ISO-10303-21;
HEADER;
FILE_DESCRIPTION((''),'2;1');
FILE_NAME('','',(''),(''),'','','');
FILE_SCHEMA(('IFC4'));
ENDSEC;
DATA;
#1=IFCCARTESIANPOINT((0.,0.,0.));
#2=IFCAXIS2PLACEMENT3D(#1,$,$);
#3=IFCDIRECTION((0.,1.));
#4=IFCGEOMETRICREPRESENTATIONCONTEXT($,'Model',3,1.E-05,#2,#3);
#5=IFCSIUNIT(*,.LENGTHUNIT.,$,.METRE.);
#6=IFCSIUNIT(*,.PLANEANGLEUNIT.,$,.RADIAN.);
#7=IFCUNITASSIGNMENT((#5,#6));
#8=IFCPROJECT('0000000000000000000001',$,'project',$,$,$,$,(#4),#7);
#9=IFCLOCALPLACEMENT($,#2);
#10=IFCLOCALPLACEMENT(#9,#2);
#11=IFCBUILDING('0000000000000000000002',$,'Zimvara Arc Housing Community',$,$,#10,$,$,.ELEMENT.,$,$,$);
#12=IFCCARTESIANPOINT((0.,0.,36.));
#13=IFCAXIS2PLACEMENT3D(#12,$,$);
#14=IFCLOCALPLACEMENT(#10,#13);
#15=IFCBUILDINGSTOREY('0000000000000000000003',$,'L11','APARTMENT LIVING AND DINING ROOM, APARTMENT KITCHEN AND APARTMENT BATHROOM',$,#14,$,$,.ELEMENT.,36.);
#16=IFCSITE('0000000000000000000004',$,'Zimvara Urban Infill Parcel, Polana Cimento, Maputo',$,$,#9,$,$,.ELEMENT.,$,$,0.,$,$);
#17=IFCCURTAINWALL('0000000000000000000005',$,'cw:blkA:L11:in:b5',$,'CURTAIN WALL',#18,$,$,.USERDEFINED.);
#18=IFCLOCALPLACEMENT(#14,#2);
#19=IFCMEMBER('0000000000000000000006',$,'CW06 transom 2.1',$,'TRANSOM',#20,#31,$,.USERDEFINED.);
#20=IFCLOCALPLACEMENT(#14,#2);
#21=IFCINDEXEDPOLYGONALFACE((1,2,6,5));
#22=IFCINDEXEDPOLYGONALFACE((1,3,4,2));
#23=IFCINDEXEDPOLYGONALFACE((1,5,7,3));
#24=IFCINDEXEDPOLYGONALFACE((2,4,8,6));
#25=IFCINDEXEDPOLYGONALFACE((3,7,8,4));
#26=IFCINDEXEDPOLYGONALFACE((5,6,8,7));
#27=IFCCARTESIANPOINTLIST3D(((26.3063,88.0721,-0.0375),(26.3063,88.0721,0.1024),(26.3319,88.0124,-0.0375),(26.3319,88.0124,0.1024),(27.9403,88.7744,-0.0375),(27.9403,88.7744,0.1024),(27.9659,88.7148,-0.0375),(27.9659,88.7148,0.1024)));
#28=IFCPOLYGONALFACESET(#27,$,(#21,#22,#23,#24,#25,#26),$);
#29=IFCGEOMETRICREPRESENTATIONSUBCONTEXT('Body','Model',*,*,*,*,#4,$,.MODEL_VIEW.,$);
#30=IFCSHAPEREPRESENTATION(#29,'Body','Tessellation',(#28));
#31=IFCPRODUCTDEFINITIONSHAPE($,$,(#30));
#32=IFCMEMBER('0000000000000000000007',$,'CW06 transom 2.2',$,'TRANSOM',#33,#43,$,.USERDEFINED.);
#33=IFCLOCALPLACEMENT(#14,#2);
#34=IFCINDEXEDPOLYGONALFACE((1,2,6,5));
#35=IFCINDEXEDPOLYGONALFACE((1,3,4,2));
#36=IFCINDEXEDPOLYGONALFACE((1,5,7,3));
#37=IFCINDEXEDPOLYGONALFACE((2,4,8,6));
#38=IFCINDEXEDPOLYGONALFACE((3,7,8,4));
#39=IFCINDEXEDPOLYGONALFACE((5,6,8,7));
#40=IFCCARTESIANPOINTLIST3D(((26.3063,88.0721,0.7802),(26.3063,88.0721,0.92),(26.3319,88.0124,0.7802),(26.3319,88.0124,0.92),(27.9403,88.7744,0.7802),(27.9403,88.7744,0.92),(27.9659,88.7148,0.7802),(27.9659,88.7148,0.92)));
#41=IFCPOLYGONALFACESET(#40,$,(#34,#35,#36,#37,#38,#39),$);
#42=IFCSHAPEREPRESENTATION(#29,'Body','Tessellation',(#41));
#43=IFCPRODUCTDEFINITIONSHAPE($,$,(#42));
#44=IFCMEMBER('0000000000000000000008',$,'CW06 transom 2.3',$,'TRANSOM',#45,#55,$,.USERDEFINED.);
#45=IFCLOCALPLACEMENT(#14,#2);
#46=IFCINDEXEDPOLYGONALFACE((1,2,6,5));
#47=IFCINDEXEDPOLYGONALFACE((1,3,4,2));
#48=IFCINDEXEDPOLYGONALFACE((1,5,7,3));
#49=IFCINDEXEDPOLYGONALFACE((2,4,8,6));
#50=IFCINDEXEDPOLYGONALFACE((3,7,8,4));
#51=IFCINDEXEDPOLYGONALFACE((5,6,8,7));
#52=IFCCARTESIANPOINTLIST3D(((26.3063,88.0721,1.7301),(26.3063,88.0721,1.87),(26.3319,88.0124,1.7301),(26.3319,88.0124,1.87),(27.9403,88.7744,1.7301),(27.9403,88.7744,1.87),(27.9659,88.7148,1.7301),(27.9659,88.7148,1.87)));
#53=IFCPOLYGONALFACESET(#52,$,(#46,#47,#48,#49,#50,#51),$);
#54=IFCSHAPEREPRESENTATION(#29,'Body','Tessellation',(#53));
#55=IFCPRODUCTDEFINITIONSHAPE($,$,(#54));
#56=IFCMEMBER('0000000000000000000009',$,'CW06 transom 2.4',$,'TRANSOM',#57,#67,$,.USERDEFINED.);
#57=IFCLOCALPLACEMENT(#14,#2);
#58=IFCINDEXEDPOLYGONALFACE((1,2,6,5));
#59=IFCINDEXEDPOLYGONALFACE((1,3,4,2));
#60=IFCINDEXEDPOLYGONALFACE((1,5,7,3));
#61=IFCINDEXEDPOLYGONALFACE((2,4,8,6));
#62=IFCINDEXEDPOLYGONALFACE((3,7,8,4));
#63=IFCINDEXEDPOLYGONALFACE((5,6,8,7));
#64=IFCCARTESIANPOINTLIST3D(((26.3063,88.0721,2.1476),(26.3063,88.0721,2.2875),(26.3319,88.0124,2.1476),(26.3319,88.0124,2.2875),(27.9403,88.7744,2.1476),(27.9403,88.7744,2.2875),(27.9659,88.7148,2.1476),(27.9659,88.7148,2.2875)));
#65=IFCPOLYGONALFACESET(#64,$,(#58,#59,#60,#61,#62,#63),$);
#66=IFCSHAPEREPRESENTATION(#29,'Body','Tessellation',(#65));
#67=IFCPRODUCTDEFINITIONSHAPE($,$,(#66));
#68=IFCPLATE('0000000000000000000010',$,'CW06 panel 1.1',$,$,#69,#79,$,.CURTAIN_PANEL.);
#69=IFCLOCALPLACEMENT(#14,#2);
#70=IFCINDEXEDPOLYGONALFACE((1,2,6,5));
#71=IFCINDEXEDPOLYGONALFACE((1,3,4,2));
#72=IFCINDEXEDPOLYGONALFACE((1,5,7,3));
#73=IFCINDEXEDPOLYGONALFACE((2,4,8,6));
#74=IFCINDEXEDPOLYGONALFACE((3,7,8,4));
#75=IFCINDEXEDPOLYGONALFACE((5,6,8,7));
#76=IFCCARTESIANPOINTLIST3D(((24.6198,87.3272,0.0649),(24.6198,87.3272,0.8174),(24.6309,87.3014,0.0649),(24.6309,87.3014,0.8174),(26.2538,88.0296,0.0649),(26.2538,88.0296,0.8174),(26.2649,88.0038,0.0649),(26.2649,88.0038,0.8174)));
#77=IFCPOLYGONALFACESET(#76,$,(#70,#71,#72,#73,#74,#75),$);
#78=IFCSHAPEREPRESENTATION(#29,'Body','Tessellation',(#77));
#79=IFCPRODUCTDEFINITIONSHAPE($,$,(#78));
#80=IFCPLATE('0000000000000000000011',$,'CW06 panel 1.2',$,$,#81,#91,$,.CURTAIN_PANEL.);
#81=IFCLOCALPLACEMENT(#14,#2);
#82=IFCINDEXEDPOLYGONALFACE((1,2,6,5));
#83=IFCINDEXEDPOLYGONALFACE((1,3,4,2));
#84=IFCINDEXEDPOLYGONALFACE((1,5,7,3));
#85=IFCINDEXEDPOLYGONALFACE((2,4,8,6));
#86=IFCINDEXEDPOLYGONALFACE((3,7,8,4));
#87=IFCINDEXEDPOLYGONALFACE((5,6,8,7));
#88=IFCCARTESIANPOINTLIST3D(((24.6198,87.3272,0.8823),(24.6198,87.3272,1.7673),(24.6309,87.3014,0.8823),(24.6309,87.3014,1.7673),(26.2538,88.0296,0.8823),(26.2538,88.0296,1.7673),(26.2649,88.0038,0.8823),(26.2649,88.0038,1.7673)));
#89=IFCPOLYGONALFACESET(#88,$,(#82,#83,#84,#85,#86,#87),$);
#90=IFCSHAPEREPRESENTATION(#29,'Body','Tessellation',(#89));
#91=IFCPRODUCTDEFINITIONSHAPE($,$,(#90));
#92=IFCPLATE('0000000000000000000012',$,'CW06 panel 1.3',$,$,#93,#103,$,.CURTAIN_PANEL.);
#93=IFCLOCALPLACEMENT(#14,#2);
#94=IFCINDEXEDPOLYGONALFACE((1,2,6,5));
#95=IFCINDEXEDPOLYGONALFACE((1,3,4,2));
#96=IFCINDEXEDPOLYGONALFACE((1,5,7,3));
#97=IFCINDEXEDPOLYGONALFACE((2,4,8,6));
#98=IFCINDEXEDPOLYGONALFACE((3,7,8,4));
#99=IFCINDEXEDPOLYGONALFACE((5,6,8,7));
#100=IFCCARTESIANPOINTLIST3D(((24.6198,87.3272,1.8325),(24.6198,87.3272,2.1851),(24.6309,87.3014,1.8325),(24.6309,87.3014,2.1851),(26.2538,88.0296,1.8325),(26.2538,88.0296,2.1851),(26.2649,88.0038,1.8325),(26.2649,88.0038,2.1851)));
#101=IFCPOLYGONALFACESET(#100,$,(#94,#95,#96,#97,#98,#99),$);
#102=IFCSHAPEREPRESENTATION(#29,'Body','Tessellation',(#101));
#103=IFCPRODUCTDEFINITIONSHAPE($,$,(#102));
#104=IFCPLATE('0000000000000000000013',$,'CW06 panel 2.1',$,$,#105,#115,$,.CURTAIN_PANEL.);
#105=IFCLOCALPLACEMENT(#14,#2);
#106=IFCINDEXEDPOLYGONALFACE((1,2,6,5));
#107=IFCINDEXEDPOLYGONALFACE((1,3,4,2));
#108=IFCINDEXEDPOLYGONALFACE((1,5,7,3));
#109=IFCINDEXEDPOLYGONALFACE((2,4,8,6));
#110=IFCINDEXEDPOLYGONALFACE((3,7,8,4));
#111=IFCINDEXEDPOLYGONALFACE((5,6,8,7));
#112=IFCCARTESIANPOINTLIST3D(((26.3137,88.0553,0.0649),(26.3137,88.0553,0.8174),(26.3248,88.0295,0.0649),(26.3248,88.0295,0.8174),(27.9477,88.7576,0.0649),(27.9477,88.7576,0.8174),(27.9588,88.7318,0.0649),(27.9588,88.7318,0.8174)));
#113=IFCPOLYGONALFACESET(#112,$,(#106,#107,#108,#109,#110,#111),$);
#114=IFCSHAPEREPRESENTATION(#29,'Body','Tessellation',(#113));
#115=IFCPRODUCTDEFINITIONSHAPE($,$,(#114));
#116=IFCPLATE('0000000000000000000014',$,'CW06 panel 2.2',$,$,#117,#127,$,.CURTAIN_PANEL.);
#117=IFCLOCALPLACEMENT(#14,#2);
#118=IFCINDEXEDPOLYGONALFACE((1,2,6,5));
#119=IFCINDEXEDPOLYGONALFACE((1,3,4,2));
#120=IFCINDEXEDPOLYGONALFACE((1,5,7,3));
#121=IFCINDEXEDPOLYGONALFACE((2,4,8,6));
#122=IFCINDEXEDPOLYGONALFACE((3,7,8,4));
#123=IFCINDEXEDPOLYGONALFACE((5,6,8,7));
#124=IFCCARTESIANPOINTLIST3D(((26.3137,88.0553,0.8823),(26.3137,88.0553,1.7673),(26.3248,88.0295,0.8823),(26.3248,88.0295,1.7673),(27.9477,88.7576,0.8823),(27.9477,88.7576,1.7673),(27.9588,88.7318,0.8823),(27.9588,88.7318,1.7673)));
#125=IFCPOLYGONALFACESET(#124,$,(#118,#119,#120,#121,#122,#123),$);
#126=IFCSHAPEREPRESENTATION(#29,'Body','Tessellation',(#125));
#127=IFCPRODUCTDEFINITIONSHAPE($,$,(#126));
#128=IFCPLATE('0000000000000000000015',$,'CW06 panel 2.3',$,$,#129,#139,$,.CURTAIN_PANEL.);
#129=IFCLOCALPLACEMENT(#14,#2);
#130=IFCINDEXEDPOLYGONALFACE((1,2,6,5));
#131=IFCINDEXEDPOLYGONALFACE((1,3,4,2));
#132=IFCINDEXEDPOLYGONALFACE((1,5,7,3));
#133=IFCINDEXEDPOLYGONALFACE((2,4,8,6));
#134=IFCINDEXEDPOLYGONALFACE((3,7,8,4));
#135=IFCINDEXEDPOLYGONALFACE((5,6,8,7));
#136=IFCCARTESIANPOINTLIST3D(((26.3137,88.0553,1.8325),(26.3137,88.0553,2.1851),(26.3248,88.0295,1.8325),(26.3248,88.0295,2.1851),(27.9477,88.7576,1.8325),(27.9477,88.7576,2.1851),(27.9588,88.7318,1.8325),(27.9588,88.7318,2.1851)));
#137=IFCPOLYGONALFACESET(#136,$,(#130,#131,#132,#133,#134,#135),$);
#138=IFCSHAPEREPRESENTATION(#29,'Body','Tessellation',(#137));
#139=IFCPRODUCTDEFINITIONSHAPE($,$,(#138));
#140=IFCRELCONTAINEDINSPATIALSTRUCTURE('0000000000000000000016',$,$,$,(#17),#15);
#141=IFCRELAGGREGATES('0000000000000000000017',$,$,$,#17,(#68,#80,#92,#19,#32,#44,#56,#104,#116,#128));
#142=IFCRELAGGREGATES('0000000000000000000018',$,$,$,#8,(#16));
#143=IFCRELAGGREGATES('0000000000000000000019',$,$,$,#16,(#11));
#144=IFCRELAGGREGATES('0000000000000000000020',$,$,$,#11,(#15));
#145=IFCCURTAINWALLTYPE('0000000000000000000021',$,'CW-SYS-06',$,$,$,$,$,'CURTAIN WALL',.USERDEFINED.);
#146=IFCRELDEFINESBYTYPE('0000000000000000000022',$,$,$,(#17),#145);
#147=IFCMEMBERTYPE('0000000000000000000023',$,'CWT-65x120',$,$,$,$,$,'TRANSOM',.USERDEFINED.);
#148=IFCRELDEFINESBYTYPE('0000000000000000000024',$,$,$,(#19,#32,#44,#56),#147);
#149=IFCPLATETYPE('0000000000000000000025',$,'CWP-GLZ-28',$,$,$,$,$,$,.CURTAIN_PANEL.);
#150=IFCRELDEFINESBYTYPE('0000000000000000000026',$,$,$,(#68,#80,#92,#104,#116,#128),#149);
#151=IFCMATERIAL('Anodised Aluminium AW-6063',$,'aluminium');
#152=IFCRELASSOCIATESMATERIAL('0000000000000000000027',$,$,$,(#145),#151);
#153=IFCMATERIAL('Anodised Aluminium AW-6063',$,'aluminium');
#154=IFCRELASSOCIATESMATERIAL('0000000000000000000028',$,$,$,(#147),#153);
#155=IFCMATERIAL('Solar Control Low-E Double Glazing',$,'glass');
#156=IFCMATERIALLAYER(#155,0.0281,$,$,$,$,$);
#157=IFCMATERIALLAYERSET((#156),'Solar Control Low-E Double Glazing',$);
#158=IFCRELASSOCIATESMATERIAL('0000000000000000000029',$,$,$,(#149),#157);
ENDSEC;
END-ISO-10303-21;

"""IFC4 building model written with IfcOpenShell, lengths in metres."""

from ifc_helpers import new_model, si_unit, direction, frame, origin, origin_2d, place, context, subcontext, project, spatial, rectangle, extrude, material, layer, layer_set, material_profile, profile_set, type_object, element, aggregate, save


model = new_model("IFC4")

# Units and contexts
model_context = context("Model", 3, precision=1e-05, world=origin(), true_north=direction((0.0, 1.0)))
body_context = subcontext(model_context, "Body", "Model", "MODEL_VIEW")
ifc_project = project(units=[si_unit("LENGTHUNIT", "METRE"), si_unit("PLANEANGLEUNIT", "RADIAN")], contexts=[model_context])

# Site, building, storey
site_placement = place(None, origin())
site = spatial("IfcSite", under=ifc_project, at=site_placement, Name="Zimvara Urban Infill Parcel, Polana Cimento, Maputo", CompositionType="ELEMENT", RefElevation=0.0)
building_placement = place(site_placement, origin())
building = spatial("IfcBuilding", under=site, at=building_placement, Name="Zimvara Arc Housing Community", CompositionType="ELEMENT")
storey_placement = place(building_placement, frame((0.0, 0.0, 36.0)))
storey = spatial("IfcBuildingStorey", under=building, at=storey_placement, Name="L11", Description="APARTMENT LIVING AND DINING ROOM, APARTMENT KITCHEN AND APARTMENT BATHROOM", CompositionType="ELEMENT", Elevation=36.0)

# Curtain wall
ifc_material_1 = material(Name="Anodised Aluminium AW-6063", Category="aluminium")
curtain_wall_type_1 = type_object("IfcCurtainWallType", Name="CW-SYS-06", ElementType="CURTAIN WALL", PredefinedType="USERDEFINED", material=ifc_material_1)
curtain_wall_1_placement = place(storey_placement, origin())
curtain_wall_1 = element("IfcCurtainWall", 1, at=curtain_wall_1_placement, inside=storey, type_object=curtain_wall_type_1, Name="cw:blkA:L11:in:b5", ObjectType="CURTAIN WALL", PredefinedType="USERDEFINED")

# Members
ifc_material_2 = material(Name="Anodised Aluminium AW-6063", Category="aluminium")
ifc_material_profile_1 = material_profile(ifc_material_2, rectangle(XDim=0.0649, YDim=0.1399, at=origin_2d()), Name="ALU 65x140")
ifc_profile_set_1 = profile_set([ifc_material_profile_1], Name="Anodised Aluminium AW-6063")
member_type_1 = type_object("IfcMemberType", Name="CWT-65x120", ElementType="TRANSOM", PredefinedType="USERDEFINED", material=ifc_profile_set_1)
member_1_placement = place(storey_placement, frame((26.3191, 88.0422, 0.0325), z_axis=(0.918718, 0.394913, 0.0), x_axis=(-0.394913, 0.918718, 0.0)))
member_1 = element("IfcMember", 2, at=member_1_placement, type_object=member_type_1, Name="CW06 transom 2.1", ObjectType="TRANSOM", PredefinedType="USERDEFINED", context=body_context, shape_type="SweptSolid", body=[
    extrude(rectangle(XDim=0.0649, YDim=0.1399, at=origin_2d()), origin(), (0.0, 0.0, 1.0), 1.7786),
])
member_2_placement = place(storey_placement, frame((26.3191, 88.0422, 0.8501), z_axis=(0.918718, 0.394913, 0.0), x_axis=(-0.394913, 0.918718, 0.0)))
member_2 = element("IfcMember", 3, at=member_2_placement, type_object=member_type_1, Name="CW06 transom 2.2", ObjectType="TRANSOM", PredefinedType="USERDEFINED", context=body_context, shape_type="SweptSolid", body=[
    extrude(rectangle(XDim=0.0649, YDim=0.1399, at=origin_2d()), origin(), (0.0, 0.0, 1.0), 1.7786),
])
member_3_placement = place(storey_placement, frame((26.3191, 88.0422, 1.8), z_axis=(0.918718, 0.394913, 0.0), x_axis=(-0.394913, 0.918718, 0.0)))
member_3 = element("IfcMember", 4, at=member_3_placement, type_object=member_type_1, Name="CW06 transom 2.3", ObjectType="TRANSOM", PredefinedType="USERDEFINED", context=body_context, shape_type="SweptSolid", body=[
    extrude(rectangle(XDim=0.0649, YDim=0.1399, at=origin_2d()), origin(), (0.0, 0.0, 1.0), 1.7786),
])
member_4_placement = place(storey_placement, frame((26.3191, 88.0422, 2.2175), z_axis=(0.918718, 0.394913, 0.0), x_axis=(-0.394913, 0.918718, 0.0)))
member_4 = element("IfcMember", 5, at=member_4_placement, type_object=member_type_1, Name="CW06 transom 2.4", ObjectType="TRANSOM", PredefinedType="USERDEFINED", context=body_context, shape_type="SweptSolid", body=[
    extrude(rectangle(XDim=0.0649, YDim=0.1399, at=origin_2d()), origin(), (0.0, 0.0, 1.0), 1.7786),
])

# Plates
ifc_material_3 = material(Name="Solar Control Low-E Double Glazing", Category="glass")
ifc_layer_1 = layer(ifc_material_3, 0.0281)
ifc_layer_set_1 = layer_set([ifc_layer_1], Name="Solar Control Low-E Double Glazing")
plate_type = type_object("IfcPlateType", Name="CWP-GLZ-28", PredefinedType="CURTAIN_PANEL", material=ifc_layer_set_1)
plate_1_placement = place(storey_placement, frame((25.4424, 87.6655, 0.0649), z_axis=(0.0, 0.0, 1.0), x_axis=(0.918722, 0.394904, 0.0)))
plate_1 = element("IfcPlate", 6, at=plate_1_placement, type_object=plate_type, Name="CW06 panel 1.1", PredefinedType="CURTAIN_PANEL", context=body_context, shape_type="SweptSolid", body=[
    extrude(rectangle(XDim=1.7786, YDim=0.0281, at=origin_2d()), origin(), (0.0, 0.0, 1.0), 0.7524),
])
plate_2_placement = place(storey_placement, frame((25.4424, 87.6655, 0.8823), z_axis=(0.0, 0.0, 1.0), x_axis=(0.918722, 0.394904, 0.0)))
plate_2 = element("IfcPlate", 7, at=plate_2_placement, type_object=plate_type, Name="CW06 panel 1.2", PredefinedType="CURTAIN_PANEL", context=body_context, shape_type="SweptSolid", body=[
    extrude(rectangle(XDim=1.7786, YDim=0.0281, at=origin_2d()), origin(), (0.0, 0.0, 1.0), 0.885),
])
plate_3_placement = place(storey_placement, frame((25.4424, 87.6655, 1.8325), z_axis=(0.0, 0.0, 1.0), x_axis=(0.918722, 0.394904, 0.0)))
plate_3 = element("IfcPlate", 8, at=plate_3_placement, type_object=plate_type, Name="CW06 panel 1.3", PredefinedType="CURTAIN_PANEL", context=body_context, shape_type="SweptSolid", body=[
    extrude(rectangle(XDim=1.7786, YDim=0.0281, at=origin_2d()), origin(), (0.0, 0.0, 1.0), 0.3525),
])
plate_4_placement = place(storey_placement, frame((27.1362, 88.3936, 0.0649), z_axis=(0.0, 0.0, 1.0), x_axis=(0.918722, 0.394904, 0.0)))
plate_4 = element("IfcPlate", 9, at=plate_4_placement, type_object=plate_type, Name="CW06 panel 2.1", PredefinedType="CURTAIN_PANEL", context=body_context, shape_type="SweptSolid", body=[
    extrude(rectangle(XDim=1.7786, YDim=0.0281, at=origin_2d()), origin(), (0.0, 0.0, 1.0), 0.7524),
])
plate_5_placement = place(storey_placement, frame((27.1362, 88.3936, 0.8823), z_axis=(0.0, 0.0, 1.0), x_axis=(0.918722, 0.394904, 0.0)))
plate_5 = element("IfcPlate", 10, at=plate_5_placement, type_object=plate_type, Name="CW06 panel 2.2", PredefinedType="CURTAIN_PANEL", context=body_context, shape_type="SweptSolid", body=[
    extrude(rectangle(XDim=1.7786, YDim=0.0281, at=origin_2d()), origin(), (0.0, 0.0, 1.0), 0.885),
])
plate_6_placement = place(storey_placement, frame((27.1362, 88.3936, 1.8325), z_axis=(0.0, 0.0, 1.0), x_axis=(0.918722, 0.394904, 0.0)))
plate_6 = element("IfcPlate", 11, at=plate_6_placement, type_object=plate_type, Name="CW06 panel 2.3", PredefinedType="CURTAIN_PANEL", context=body_context, shape_type="SweptSolid", body=[
    extrude(rectangle(XDim=1.7786, YDim=0.0281, at=origin_2d()), origin(), (0.0, 0.0, 1.0), 0.3525),
])
aggregate(curtain_wall_1, [plate_1, plate_2, plate_3, member_1, member_2, member_3, member_4, plate_4, plate_5, plate_6])

save(model, "model.ifc")
